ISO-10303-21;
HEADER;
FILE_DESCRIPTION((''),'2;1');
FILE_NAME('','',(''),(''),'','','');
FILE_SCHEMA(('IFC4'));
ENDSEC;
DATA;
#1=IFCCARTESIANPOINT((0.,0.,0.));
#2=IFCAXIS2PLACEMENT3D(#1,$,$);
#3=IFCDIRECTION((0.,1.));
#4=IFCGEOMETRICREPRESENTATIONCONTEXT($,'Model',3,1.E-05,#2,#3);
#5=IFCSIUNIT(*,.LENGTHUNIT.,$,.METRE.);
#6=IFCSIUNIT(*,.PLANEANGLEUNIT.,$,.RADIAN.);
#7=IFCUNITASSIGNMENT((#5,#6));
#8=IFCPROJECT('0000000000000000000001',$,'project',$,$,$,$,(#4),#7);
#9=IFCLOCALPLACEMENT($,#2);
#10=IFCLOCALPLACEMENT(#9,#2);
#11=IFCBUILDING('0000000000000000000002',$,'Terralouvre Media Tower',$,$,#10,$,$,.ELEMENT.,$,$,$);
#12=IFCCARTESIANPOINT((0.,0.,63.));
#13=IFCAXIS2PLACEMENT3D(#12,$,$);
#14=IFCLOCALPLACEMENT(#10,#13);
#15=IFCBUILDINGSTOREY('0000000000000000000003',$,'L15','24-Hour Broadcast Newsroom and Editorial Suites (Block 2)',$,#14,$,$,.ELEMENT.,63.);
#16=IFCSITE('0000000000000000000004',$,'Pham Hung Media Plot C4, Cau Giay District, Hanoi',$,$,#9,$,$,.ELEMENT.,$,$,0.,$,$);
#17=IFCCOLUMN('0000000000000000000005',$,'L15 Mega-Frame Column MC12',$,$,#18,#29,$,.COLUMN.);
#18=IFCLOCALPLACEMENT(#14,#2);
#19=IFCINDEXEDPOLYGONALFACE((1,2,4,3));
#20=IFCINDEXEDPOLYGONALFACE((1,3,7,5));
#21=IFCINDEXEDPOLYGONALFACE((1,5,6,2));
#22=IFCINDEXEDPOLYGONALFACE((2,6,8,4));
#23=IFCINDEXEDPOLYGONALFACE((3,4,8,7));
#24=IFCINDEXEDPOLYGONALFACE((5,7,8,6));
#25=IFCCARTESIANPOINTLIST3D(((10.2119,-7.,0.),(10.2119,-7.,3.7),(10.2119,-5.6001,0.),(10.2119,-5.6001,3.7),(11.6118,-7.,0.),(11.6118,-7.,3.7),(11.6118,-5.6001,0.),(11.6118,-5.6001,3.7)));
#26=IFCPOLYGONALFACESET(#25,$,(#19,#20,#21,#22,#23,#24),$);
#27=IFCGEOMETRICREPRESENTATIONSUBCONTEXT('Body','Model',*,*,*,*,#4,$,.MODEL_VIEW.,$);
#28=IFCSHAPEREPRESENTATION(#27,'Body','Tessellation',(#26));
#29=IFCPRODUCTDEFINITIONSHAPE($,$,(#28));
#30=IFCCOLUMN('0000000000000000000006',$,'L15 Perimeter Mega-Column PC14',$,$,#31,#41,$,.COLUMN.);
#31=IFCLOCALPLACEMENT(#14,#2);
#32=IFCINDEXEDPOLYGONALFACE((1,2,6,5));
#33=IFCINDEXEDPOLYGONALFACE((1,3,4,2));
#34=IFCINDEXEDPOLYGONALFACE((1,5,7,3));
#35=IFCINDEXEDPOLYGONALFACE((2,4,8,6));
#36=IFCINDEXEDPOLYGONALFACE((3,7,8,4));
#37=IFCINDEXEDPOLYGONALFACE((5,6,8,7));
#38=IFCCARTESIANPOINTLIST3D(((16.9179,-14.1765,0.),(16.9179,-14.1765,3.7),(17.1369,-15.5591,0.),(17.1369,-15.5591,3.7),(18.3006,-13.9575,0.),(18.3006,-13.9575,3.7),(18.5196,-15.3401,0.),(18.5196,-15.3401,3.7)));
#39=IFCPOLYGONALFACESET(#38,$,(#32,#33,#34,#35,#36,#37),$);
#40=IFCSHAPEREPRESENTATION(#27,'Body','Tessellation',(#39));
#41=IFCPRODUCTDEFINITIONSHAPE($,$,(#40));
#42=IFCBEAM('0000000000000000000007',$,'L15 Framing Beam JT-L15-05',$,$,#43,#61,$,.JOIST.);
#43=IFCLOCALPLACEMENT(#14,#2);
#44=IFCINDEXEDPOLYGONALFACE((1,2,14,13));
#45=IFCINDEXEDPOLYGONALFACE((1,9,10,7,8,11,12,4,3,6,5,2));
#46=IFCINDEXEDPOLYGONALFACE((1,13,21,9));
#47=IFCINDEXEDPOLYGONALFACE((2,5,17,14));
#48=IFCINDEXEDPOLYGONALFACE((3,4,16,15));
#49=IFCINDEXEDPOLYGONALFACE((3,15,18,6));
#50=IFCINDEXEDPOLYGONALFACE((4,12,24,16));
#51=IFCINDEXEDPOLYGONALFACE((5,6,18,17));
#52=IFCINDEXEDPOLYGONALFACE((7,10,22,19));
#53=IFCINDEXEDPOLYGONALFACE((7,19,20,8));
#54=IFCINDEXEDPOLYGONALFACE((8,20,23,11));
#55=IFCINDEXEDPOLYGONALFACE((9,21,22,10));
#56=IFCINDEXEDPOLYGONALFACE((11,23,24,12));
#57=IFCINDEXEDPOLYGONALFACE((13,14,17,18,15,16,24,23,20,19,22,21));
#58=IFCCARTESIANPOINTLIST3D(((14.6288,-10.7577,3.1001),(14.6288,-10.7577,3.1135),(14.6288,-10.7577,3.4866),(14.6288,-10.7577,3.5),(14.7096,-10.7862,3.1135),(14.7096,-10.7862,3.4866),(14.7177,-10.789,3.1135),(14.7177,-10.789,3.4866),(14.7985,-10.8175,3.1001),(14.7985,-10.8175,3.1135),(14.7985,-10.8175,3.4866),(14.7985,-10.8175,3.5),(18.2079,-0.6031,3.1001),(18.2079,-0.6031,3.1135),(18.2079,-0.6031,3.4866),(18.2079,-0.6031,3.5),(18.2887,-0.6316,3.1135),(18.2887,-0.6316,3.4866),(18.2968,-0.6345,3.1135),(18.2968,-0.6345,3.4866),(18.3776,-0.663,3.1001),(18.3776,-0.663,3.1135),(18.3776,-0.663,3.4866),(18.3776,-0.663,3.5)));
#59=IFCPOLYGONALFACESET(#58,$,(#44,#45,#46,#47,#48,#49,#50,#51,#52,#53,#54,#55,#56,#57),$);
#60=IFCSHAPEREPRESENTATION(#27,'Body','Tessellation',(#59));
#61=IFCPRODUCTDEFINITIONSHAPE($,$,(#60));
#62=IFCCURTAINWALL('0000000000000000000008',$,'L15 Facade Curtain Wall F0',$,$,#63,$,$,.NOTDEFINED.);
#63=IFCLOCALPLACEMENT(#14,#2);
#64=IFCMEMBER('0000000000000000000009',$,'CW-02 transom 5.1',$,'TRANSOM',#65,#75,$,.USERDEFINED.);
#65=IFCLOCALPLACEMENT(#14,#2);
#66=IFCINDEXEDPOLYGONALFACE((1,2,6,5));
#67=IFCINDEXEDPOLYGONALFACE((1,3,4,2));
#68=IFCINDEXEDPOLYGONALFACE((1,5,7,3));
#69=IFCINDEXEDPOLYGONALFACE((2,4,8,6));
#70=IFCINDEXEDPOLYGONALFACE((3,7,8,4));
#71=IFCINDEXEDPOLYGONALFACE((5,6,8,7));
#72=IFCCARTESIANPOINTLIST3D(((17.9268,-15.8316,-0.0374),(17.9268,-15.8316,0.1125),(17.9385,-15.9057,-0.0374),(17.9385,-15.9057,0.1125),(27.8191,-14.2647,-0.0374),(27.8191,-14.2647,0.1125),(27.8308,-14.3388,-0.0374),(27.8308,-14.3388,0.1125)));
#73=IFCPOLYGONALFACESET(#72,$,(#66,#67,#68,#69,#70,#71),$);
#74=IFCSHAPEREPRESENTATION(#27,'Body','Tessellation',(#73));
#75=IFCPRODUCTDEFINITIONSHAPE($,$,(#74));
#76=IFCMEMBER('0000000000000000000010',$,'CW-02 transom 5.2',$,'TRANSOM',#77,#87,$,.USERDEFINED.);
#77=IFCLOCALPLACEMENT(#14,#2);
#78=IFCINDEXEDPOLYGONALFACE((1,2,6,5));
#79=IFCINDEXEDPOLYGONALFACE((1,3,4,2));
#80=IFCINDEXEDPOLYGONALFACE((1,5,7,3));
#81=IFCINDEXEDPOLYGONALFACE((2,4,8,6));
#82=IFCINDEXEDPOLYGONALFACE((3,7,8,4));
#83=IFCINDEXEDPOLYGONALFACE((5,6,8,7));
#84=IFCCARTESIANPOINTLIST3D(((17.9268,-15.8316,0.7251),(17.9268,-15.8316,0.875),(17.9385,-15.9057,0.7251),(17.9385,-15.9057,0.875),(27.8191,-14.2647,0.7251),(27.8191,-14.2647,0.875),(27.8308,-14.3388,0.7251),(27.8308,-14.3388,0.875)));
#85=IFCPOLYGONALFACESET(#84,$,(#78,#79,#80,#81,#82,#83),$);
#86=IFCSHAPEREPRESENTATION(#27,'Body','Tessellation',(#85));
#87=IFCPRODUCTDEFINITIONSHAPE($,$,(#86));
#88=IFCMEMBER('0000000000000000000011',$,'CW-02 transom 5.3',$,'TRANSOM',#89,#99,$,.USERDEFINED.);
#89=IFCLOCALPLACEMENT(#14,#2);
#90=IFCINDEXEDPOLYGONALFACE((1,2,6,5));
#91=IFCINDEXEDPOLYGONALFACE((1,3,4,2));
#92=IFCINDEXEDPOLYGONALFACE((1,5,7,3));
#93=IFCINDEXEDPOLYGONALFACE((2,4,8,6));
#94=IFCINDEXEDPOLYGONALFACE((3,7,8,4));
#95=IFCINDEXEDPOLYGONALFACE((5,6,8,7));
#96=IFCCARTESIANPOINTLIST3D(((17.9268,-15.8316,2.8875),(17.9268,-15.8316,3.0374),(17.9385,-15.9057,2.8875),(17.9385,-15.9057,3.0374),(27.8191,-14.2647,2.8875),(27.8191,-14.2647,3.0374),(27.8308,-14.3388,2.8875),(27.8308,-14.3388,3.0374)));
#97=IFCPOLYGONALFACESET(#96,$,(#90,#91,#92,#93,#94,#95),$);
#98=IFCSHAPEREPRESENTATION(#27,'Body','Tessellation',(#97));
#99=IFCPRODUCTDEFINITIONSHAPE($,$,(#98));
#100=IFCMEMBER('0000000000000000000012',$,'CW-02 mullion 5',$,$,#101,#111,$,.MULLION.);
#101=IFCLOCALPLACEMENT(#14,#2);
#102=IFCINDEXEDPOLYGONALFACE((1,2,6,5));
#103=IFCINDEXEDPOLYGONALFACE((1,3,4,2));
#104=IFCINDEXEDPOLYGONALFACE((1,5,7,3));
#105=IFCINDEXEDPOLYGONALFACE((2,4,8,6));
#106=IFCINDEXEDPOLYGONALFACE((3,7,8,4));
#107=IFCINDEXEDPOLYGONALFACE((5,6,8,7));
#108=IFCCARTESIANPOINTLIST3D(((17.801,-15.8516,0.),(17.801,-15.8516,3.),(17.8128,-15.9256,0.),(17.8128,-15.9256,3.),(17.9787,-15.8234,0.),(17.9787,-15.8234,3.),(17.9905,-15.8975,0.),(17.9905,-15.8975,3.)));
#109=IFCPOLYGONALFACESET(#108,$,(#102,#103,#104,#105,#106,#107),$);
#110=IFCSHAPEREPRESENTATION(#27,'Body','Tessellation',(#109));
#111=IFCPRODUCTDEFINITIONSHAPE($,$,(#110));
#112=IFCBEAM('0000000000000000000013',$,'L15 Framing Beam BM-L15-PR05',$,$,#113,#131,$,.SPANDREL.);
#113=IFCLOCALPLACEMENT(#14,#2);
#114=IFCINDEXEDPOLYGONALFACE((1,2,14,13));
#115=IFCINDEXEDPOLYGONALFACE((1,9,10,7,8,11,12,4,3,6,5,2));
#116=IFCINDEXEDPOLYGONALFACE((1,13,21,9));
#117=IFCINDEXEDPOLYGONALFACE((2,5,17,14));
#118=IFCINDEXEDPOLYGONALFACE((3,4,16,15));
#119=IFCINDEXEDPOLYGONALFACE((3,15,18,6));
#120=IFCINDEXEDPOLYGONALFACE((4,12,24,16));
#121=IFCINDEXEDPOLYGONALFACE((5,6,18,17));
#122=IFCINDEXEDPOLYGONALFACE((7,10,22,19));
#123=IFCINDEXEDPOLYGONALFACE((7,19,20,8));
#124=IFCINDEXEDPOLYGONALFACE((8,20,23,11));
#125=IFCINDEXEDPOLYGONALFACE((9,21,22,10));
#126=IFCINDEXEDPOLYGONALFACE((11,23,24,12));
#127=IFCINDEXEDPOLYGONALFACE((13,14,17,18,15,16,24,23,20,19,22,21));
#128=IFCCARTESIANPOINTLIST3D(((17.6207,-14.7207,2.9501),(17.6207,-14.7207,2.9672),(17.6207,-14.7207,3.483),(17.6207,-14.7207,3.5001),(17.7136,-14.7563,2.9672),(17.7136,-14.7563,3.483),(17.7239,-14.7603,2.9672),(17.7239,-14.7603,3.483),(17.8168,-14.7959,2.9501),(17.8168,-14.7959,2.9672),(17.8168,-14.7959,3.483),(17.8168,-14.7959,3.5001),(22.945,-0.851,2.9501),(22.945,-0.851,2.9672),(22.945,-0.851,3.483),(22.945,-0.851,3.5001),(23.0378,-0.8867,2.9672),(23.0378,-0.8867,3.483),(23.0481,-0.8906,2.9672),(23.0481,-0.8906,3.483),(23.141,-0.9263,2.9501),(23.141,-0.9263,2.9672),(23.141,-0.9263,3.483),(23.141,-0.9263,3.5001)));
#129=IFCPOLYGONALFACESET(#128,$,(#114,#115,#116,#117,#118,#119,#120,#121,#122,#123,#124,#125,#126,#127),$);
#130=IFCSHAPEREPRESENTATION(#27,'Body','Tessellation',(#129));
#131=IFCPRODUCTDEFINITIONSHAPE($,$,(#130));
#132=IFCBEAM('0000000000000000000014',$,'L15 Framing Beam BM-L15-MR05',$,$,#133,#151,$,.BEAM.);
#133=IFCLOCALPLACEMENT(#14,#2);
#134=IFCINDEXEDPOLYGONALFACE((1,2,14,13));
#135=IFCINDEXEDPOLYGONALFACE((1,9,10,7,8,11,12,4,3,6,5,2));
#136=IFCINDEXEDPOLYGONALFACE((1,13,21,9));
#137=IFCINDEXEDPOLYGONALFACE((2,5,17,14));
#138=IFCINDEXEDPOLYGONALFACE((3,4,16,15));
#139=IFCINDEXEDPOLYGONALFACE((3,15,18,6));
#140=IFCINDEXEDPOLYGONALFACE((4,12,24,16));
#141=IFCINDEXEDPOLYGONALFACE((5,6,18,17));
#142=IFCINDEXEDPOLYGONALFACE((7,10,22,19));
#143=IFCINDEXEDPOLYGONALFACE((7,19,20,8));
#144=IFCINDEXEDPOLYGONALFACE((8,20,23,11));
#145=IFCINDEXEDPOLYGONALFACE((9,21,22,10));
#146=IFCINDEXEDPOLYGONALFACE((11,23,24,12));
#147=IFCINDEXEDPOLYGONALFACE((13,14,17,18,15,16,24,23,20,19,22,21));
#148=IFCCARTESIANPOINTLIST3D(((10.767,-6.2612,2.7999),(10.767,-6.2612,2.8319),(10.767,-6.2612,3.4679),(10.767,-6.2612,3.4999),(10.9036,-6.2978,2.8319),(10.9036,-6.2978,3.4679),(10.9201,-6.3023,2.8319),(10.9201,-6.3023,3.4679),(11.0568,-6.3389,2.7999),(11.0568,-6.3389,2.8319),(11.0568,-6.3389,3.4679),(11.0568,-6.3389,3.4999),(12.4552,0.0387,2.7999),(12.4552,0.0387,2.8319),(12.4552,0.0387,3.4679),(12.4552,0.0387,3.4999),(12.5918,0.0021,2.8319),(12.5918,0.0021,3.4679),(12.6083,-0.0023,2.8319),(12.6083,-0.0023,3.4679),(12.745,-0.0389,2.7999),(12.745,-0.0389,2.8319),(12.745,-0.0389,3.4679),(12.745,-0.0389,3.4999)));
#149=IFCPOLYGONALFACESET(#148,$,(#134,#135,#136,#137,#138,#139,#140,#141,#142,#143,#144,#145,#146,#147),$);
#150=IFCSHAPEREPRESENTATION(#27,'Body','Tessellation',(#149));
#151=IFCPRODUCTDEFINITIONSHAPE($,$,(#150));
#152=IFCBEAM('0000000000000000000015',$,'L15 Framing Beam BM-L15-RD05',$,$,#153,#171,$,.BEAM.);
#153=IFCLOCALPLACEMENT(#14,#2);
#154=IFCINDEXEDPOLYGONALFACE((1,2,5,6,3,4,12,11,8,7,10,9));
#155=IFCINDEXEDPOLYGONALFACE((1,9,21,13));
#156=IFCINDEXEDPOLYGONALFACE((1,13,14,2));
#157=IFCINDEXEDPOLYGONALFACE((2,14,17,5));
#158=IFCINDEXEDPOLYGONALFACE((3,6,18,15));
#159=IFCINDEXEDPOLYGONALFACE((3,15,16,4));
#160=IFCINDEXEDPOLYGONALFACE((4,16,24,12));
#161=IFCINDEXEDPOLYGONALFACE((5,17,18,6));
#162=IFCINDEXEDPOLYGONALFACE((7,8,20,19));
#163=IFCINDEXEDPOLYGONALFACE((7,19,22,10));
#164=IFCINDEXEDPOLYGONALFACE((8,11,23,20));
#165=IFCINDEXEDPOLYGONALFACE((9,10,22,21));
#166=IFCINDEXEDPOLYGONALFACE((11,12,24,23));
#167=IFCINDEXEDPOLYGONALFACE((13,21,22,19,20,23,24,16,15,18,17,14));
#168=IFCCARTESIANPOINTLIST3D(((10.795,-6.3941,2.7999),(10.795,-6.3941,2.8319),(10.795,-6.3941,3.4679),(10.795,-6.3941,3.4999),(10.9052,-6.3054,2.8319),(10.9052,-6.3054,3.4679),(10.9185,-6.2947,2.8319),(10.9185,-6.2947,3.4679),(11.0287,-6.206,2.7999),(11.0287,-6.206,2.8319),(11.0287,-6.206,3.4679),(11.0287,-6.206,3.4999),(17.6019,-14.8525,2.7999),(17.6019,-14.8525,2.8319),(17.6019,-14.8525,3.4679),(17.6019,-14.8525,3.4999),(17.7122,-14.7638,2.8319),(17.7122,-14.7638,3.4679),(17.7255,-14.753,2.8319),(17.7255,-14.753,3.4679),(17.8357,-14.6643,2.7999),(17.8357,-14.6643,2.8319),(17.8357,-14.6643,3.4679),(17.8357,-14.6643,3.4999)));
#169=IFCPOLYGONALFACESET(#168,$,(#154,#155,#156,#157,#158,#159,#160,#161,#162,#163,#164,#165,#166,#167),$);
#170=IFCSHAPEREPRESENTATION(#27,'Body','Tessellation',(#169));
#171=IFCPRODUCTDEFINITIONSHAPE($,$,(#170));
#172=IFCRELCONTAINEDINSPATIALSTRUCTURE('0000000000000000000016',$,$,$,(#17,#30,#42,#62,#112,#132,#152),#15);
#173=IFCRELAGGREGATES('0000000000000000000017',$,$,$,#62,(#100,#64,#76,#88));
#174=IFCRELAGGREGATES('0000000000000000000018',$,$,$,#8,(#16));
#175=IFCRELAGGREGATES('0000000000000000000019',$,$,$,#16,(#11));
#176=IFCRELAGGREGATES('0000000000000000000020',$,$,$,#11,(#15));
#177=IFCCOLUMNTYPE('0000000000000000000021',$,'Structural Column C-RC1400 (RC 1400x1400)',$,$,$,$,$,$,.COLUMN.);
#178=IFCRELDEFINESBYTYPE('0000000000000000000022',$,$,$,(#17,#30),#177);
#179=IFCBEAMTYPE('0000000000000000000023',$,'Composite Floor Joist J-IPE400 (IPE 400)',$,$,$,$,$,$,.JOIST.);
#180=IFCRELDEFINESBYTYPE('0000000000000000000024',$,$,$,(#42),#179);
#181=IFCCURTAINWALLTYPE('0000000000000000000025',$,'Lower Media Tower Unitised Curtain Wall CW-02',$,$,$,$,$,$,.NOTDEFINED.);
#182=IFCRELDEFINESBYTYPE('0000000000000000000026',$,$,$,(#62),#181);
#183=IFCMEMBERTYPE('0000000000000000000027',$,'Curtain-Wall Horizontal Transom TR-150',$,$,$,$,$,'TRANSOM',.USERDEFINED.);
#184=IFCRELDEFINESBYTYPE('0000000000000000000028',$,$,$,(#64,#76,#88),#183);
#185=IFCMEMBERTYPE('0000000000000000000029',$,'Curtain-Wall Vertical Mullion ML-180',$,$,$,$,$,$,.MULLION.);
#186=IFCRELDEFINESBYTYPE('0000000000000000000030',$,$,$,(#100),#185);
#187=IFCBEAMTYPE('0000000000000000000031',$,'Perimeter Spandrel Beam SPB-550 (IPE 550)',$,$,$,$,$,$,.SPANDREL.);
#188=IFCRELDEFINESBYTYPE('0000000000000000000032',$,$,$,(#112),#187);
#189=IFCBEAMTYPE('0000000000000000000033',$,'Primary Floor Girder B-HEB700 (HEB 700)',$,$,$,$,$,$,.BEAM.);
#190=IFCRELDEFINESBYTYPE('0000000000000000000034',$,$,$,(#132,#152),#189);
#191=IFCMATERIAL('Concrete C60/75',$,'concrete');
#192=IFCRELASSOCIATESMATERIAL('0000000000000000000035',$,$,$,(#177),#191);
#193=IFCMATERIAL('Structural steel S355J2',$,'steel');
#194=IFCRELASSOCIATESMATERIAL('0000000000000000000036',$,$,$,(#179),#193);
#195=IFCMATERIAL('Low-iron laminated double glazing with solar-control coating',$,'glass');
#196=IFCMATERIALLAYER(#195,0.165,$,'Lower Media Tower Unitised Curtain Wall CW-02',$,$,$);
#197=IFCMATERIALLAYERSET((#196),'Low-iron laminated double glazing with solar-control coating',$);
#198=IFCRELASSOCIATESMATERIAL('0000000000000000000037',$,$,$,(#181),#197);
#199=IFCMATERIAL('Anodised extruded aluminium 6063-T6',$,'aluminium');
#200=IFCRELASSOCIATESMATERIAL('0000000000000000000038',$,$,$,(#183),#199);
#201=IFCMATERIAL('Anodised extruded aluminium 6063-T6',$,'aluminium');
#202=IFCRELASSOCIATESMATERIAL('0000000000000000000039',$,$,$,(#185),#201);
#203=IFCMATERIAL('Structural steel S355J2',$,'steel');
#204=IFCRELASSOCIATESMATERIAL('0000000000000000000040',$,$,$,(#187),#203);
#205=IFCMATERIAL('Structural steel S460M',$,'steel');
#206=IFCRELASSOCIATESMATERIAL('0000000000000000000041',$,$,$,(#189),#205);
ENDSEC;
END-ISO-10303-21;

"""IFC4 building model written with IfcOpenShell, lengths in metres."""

from ifc_helpers import new_model, si_unit, direction, frame, origin, origin_2d, place, context, subcontext, project, spatial, rectangle, i_section, extrude, material, layer, layer_set, material_profile, profile_set, type_object, element, aggregate, save


model = new_model("IFC4")

# Units and contexts
model_context = context("Model", 3, precision=1e-05, world=origin(), true_north=direction((0.0, 1.0)))
body_context = subcontext(model_context, "Body", "Model", "MODEL_VIEW")
ifc_project = project(units=[si_unit("LENGTHUNIT", "METRE"), si_unit("PLANEANGLEUNIT", "RADIAN")], contexts=[model_context])

# Site, building, storey
site_placement = place(None, origin())
site = spatial("IfcSite", under=ifc_project, at=site_placement, Name="Pham Hung Media Plot C4, Cau Giay District, Hanoi", CompositionType="ELEMENT", RefElevation=0.0)
building_placement = place(site_placement, origin())
building = spatial("IfcBuilding", under=site, at=building_placement, Name="Terralouvre Media Tower", CompositionType="ELEMENT")
storey_placement = place(building_placement, frame((0.0, 0.0, 63.0)))
storey = spatial("IfcBuildingStorey", under=building, at=storey_placement, Name="L15", Description="24-Hour Broadcast Newsroom and Editorial Suites (Block 2)", CompositionType="ELEMENT", Elevation=63.0)

# Columns
ifc_material_1 = material(Name="Concrete C60/75", Category="concrete")
ifc_material_profile_1 = material_profile(ifc_material_1, rectangle(XDim=1.3999, YDim=1.3999, at=origin_2d()), Name="RC 1400x1400")
ifc_profile_set_1 = profile_set([ifc_material_profile_1], Name="Concrete C60/75")
column_type = type_object("IfcColumnType", Name="Structural Column C-RC1400 (RC 1400x1400)", PredefinedType="COLUMN", material=ifc_profile_set_1)
for number, where, z_axis, x_axis, name in (
    (1, (10.9119, -6.3, 0.0), (0.0, 0.0, 1.0), (1.0, 0.0, 0.0), "L15 Mega-Frame Column MC12"),
    (2, (17.7188, -14.7583, 0.0), (0.0, 0.0, 1.0), (0.987688, 0.156434, 0.0), "L15 Perimeter Mega-Column PC14"),
):
    element("IfcColumn", number, at=place(storey_placement, frame(where, z_axis=z_axis, x_axis=x_axis)), inside=storey, type_object=column_type, Name=name, PredefinedType="COLUMN", context=body_context, shape_type="SweptSolid", body=[
        extrude(rectangle(XDim=1.3999, YDim=1.3999, at=origin_2d()), origin(), (0.0, 0.0, 1.0), 3.7),
    ])

# Beam
ifc_material_2 = material(Name="Structural steel S355J2", Category="steel")
ifc_material_profile_2 = material_profile(ifc_material_2, i_section(OverallWidth=0.1799, OverallDepth=0.3999, WebThickness=0.0085, FlangeThickness=0.0134, at=origin_2d()), Name="IPE 400")
ifc_profile_set_2 = profile_set([ifc_material_profile_2], Name="Structural steel S355J2")
beam_type_1 = type_object("IfcBeamType", Name="Composite Floor Joist J-IPE400 (IPE 400)", PredefinedType="JOIST", material=ifc_profile_set_2)
beam_1_placement = place(storey_placement, frame((14.7136, -10.7876, 3.3), z_axis=(0.332419, 0.943132, 0.0), x_axis=(-0.943132, 0.332419, 0.0)))
element("IfcBeam", 3, at=beam_1_placement, inside=storey, type_object=beam_type_1, Name="L15 Framing Beam JT-L15-05", PredefinedType="JOIST", context=body_context, shape_type="SweptSolid", body=[
    extrude(i_section(OverallWidth=0.1799, OverallDepth=0.3999, WebThickness=0.0085, FlangeThickness=0.0134, at=origin_2d()), origin(), (0.0, 0.0, 1.0), 10.7668),
])

# Curtain wall, members
ifc_material_3 = material(Name="Low-iron laminated double glazing with solar-control coating", Category="glass")
ifc_layer_1 = layer(ifc_material_3, 0.165, Name="Lower Media Tower Unitised Curtain Wall CW-02")
ifc_layer_set_1 = layer_set([ifc_layer_1], Name="Low-iron laminated double glazing with solar-control coating")
curtain_wall_type = type_object("IfcCurtainWallType", Name="Lower Media Tower Unitised Curtain Wall CW-02", PredefinedType="NOTDEFINED", material=ifc_layer_set_1)
curtain_wall_placement = place(storey_placement, origin())
curtain_wall = element("IfcCurtainWall", 4, at=curtain_wall_placement, inside=storey, type_object=curtain_wall_type, Name="L15 Facade Curtain Wall F0", PredefinedType="NOTDEFINED")
ifc_material_4 = material(Name="Anodised extruded aluminium 6063-T6", Category="aluminium")
ifc_material_profile_3 = material_profile(ifc_material_4, rectangle(XDim=0.075, YDim=0.1499, at=origin_2d()), Name="ALU 75x150")
ifc_profile_set_3 = profile_set([ifc_material_profile_3], Name="Anodised extruded aluminium 6063-T6")
member_type_1 = type_object("IfcMemberType", Name="Curtain-Wall Horizontal Transom TR-150", ElementType="TRANSOM", PredefinedType="USERDEFINED", material=ifc_profile_set_3)
member_1_placement = place(storey_placement, frame((17.9326, -15.8687, 0.0376), z_axis=(0.987687, 0.156444, 0.0), x_axis=(-0.156444, 0.987687, 0.0)))
member_1 = element("IfcMember", 5, at=member_1_placement, type_object=member_type_1, Name="CW-02 transom 5.1", ObjectType="TRANSOM", PredefinedType="USERDEFINED", context=body_context, shape_type="SweptSolid", body=[
    extrude(rectangle(XDim=0.075, YDim=0.1499, at=origin_2d()), origin(), (0.0, 0.0, 1.0), 10.0156),
])
member_2_placement = place(storey_placement, frame((17.9326, -15.8687, 0.8), z_axis=(0.987687, 0.156444, 0.0), x_axis=(-0.156444, 0.987687, 0.0)))
member_2 = element("IfcMember", 6, at=member_2_placement, type_object=member_type_1, Name="CW-02 transom 5.2", ObjectType="TRANSOM", PredefinedType="USERDEFINED", context=body_context, shape_type="SweptSolid", body=[
    extrude(rectangle(XDim=0.075, YDim=0.1499, at=origin_2d()), origin(), (0.0, 0.0, 1.0), 10.0156),
])
member_3_placement = place(storey_placement, frame((17.9326, -15.8687, 2.9624), z_axis=(0.987687, 0.156444, 0.0), x_axis=(-0.156444, 0.987687, 0.0)))
member_3 = element("IfcMember", 7, at=member_3_placement, type_object=member_type_1, Name="CW-02 transom 5.3", ObjectType="TRANSOM", PredefinedType="USERDEFINED", context=body_context, shape_type="SweptSolid", body=[
    extrude(rectangle(XDim=0.075, YDim=0.1499, at=origin_2d()), origin(), (0.0, 0.0, 1.0), 10.0156),
])
ifc_material_5 = material(Name="Anodised extruded aluminium 6063-T6", Category="aluminium")
ifc_material_profile_4 = material_profile(ifc_material_5, rectangle(XDim=0.075, YDim=0.1799, at=origin_2d()), Name="ALU 75x180")
ifc_profile_set_4 = profile_set([ifc_material_profile_4], Name="Anodised extruded aluminium 6063-T6")
member_type_2 = type_object("IfcMemberType", Name="Curtain-Wall Vertical Mullion ML-180", PredefinedType="MULLION", material=ifc_profile_set_4)
member_4_placement = place(storey_placement, frame((17.8958, -15.8745, 0.0), z_axis=(0.0, 0.0, 1.0), x_axis=(-0.156434, 0.987688, 0.0)))
member_4 = element("IfcMember", 8, at=member_4_placement, type_object=member_type_2, Name="CW-02 mullion 5", PredefinedType="MULLION", context=body_context, shape_type="SweptSolid", body=[
    extrude(rectangle(XDim=0.075, YDim=0.1799, at=origin_2d()), origin(), (0.0, 0.0, 1.0), 3.0),
])

# Beams
ifc_material_6 = material(Name="Structural steel S355J2", Category="steel")
ifc_material_profile_5 = material_profile(ifc_material_6, i_section(OverallWidth=0.21, OverallDepth=0.55, WebThickness=0.011, FlangeThickness=0.0171, at=origin_2d()), Name="IPE 550")
ifc_profile_set_5 = profile_set([ifc_material_profile_5], Name="Structural steel S355J2")
beam_type_2 = type_object("IfcBeamType", Name="Perimeter Spandrel Beam SPB-550 (IPE 550)", PredefinedType="SPANDREL", material=ifc_profile_set_5)
beam_2_placement = place(storey_placement, frame((17.7188, -14.7583, 3.2251), z_axis=(0.358378, 0.933577, 0.0), x_axis=(-0.933577, 0.358378, 0.0)))
element("IfcBeam", 9, at=beam_2_placement, inside=storey, type_object=beam_type_2, Name="L15 Framing Beam BM-L15-PR05", PredefinedType="SPANDREL", context=body_context, shape_type="SweptSolid", body=[
    extrude(i_section(OverallWidth=0.21, OverallDepth=0.55, WebThickness=0.011, FlangeThickness=0.0171, at=origin_2d()), origin(), (0.0, 0.0, 1.0), 14.8564),
])
ifc_material_7 = material(Name="Structural steel S460M", Category="steel")
ifc_material_profile_6 = material_profile(ifc_material_7, i_section(OverallWidth=0.3, OverallDepth=0.7, WebThickness=0.0171, FlangeThickness=0.032, at=origin_2d()), Name="HEB 700")
ifc_profile_set_6 = profile_set([ifc_material_profile_6], Name="Structural steel S460M")
beam_type_3 = type_object("IfcBeamType", Name="Primary Floor Girder B-HEB700 (HEB 700)", PredefinedType="BEAM", material=ifc_profile_set_6)
beam_3_placement = place(storey_placement, frame((10.9119, -6.3, 3.1499), z_axis=(0.258839, 0.96592, 0.0), x_axis=(-0.96592, 0.258839, 0.0)))
element("IfcBeam", 10, at=beam_3_placement, inside=storey, type_object=beam_type_3, Name="L15 Framing Beam BM-L15-MR05", PredefinedType="BEAM", context=body_context, shape_type="SweptSolid", body=[
    extrude(i_section(OverallWidth=0.3, OverallDepth=0.7, WebThickness=0.0171, FlangeThickness=0.032, at=origin_2d()), origin(), (0.0, 0.0, 1.0), 6.5222),
])
beam_4_placement = place(storey_placement, frame((10.9119, -6.3, 3.1499), z_axis=(0.626955, -0.779056, 0.0), x_axis=(0.779056, 0.626955, 0.0)))
element("IfcBeam", 11, at=beam_4_placement, inside=storey, type_object=beam_type_3, Name="L15 Framing Beam BM-L15-RD05", PredefinedType="BEAM", context=body_context, shape_type="SweptSolid", body=[
    extrude(i_section(OverallWidth=0.3, OverallDepth=0.7, WebThickness=0.0171, FlangeThickness=0.032, at=origin_2d()), origin(), (0.0, 0.0, 1.0), 10.8572),
])

aggregate(curtain_wall, [member_4, member_1, member_2, member_3])

save(model, "model.ifc")
